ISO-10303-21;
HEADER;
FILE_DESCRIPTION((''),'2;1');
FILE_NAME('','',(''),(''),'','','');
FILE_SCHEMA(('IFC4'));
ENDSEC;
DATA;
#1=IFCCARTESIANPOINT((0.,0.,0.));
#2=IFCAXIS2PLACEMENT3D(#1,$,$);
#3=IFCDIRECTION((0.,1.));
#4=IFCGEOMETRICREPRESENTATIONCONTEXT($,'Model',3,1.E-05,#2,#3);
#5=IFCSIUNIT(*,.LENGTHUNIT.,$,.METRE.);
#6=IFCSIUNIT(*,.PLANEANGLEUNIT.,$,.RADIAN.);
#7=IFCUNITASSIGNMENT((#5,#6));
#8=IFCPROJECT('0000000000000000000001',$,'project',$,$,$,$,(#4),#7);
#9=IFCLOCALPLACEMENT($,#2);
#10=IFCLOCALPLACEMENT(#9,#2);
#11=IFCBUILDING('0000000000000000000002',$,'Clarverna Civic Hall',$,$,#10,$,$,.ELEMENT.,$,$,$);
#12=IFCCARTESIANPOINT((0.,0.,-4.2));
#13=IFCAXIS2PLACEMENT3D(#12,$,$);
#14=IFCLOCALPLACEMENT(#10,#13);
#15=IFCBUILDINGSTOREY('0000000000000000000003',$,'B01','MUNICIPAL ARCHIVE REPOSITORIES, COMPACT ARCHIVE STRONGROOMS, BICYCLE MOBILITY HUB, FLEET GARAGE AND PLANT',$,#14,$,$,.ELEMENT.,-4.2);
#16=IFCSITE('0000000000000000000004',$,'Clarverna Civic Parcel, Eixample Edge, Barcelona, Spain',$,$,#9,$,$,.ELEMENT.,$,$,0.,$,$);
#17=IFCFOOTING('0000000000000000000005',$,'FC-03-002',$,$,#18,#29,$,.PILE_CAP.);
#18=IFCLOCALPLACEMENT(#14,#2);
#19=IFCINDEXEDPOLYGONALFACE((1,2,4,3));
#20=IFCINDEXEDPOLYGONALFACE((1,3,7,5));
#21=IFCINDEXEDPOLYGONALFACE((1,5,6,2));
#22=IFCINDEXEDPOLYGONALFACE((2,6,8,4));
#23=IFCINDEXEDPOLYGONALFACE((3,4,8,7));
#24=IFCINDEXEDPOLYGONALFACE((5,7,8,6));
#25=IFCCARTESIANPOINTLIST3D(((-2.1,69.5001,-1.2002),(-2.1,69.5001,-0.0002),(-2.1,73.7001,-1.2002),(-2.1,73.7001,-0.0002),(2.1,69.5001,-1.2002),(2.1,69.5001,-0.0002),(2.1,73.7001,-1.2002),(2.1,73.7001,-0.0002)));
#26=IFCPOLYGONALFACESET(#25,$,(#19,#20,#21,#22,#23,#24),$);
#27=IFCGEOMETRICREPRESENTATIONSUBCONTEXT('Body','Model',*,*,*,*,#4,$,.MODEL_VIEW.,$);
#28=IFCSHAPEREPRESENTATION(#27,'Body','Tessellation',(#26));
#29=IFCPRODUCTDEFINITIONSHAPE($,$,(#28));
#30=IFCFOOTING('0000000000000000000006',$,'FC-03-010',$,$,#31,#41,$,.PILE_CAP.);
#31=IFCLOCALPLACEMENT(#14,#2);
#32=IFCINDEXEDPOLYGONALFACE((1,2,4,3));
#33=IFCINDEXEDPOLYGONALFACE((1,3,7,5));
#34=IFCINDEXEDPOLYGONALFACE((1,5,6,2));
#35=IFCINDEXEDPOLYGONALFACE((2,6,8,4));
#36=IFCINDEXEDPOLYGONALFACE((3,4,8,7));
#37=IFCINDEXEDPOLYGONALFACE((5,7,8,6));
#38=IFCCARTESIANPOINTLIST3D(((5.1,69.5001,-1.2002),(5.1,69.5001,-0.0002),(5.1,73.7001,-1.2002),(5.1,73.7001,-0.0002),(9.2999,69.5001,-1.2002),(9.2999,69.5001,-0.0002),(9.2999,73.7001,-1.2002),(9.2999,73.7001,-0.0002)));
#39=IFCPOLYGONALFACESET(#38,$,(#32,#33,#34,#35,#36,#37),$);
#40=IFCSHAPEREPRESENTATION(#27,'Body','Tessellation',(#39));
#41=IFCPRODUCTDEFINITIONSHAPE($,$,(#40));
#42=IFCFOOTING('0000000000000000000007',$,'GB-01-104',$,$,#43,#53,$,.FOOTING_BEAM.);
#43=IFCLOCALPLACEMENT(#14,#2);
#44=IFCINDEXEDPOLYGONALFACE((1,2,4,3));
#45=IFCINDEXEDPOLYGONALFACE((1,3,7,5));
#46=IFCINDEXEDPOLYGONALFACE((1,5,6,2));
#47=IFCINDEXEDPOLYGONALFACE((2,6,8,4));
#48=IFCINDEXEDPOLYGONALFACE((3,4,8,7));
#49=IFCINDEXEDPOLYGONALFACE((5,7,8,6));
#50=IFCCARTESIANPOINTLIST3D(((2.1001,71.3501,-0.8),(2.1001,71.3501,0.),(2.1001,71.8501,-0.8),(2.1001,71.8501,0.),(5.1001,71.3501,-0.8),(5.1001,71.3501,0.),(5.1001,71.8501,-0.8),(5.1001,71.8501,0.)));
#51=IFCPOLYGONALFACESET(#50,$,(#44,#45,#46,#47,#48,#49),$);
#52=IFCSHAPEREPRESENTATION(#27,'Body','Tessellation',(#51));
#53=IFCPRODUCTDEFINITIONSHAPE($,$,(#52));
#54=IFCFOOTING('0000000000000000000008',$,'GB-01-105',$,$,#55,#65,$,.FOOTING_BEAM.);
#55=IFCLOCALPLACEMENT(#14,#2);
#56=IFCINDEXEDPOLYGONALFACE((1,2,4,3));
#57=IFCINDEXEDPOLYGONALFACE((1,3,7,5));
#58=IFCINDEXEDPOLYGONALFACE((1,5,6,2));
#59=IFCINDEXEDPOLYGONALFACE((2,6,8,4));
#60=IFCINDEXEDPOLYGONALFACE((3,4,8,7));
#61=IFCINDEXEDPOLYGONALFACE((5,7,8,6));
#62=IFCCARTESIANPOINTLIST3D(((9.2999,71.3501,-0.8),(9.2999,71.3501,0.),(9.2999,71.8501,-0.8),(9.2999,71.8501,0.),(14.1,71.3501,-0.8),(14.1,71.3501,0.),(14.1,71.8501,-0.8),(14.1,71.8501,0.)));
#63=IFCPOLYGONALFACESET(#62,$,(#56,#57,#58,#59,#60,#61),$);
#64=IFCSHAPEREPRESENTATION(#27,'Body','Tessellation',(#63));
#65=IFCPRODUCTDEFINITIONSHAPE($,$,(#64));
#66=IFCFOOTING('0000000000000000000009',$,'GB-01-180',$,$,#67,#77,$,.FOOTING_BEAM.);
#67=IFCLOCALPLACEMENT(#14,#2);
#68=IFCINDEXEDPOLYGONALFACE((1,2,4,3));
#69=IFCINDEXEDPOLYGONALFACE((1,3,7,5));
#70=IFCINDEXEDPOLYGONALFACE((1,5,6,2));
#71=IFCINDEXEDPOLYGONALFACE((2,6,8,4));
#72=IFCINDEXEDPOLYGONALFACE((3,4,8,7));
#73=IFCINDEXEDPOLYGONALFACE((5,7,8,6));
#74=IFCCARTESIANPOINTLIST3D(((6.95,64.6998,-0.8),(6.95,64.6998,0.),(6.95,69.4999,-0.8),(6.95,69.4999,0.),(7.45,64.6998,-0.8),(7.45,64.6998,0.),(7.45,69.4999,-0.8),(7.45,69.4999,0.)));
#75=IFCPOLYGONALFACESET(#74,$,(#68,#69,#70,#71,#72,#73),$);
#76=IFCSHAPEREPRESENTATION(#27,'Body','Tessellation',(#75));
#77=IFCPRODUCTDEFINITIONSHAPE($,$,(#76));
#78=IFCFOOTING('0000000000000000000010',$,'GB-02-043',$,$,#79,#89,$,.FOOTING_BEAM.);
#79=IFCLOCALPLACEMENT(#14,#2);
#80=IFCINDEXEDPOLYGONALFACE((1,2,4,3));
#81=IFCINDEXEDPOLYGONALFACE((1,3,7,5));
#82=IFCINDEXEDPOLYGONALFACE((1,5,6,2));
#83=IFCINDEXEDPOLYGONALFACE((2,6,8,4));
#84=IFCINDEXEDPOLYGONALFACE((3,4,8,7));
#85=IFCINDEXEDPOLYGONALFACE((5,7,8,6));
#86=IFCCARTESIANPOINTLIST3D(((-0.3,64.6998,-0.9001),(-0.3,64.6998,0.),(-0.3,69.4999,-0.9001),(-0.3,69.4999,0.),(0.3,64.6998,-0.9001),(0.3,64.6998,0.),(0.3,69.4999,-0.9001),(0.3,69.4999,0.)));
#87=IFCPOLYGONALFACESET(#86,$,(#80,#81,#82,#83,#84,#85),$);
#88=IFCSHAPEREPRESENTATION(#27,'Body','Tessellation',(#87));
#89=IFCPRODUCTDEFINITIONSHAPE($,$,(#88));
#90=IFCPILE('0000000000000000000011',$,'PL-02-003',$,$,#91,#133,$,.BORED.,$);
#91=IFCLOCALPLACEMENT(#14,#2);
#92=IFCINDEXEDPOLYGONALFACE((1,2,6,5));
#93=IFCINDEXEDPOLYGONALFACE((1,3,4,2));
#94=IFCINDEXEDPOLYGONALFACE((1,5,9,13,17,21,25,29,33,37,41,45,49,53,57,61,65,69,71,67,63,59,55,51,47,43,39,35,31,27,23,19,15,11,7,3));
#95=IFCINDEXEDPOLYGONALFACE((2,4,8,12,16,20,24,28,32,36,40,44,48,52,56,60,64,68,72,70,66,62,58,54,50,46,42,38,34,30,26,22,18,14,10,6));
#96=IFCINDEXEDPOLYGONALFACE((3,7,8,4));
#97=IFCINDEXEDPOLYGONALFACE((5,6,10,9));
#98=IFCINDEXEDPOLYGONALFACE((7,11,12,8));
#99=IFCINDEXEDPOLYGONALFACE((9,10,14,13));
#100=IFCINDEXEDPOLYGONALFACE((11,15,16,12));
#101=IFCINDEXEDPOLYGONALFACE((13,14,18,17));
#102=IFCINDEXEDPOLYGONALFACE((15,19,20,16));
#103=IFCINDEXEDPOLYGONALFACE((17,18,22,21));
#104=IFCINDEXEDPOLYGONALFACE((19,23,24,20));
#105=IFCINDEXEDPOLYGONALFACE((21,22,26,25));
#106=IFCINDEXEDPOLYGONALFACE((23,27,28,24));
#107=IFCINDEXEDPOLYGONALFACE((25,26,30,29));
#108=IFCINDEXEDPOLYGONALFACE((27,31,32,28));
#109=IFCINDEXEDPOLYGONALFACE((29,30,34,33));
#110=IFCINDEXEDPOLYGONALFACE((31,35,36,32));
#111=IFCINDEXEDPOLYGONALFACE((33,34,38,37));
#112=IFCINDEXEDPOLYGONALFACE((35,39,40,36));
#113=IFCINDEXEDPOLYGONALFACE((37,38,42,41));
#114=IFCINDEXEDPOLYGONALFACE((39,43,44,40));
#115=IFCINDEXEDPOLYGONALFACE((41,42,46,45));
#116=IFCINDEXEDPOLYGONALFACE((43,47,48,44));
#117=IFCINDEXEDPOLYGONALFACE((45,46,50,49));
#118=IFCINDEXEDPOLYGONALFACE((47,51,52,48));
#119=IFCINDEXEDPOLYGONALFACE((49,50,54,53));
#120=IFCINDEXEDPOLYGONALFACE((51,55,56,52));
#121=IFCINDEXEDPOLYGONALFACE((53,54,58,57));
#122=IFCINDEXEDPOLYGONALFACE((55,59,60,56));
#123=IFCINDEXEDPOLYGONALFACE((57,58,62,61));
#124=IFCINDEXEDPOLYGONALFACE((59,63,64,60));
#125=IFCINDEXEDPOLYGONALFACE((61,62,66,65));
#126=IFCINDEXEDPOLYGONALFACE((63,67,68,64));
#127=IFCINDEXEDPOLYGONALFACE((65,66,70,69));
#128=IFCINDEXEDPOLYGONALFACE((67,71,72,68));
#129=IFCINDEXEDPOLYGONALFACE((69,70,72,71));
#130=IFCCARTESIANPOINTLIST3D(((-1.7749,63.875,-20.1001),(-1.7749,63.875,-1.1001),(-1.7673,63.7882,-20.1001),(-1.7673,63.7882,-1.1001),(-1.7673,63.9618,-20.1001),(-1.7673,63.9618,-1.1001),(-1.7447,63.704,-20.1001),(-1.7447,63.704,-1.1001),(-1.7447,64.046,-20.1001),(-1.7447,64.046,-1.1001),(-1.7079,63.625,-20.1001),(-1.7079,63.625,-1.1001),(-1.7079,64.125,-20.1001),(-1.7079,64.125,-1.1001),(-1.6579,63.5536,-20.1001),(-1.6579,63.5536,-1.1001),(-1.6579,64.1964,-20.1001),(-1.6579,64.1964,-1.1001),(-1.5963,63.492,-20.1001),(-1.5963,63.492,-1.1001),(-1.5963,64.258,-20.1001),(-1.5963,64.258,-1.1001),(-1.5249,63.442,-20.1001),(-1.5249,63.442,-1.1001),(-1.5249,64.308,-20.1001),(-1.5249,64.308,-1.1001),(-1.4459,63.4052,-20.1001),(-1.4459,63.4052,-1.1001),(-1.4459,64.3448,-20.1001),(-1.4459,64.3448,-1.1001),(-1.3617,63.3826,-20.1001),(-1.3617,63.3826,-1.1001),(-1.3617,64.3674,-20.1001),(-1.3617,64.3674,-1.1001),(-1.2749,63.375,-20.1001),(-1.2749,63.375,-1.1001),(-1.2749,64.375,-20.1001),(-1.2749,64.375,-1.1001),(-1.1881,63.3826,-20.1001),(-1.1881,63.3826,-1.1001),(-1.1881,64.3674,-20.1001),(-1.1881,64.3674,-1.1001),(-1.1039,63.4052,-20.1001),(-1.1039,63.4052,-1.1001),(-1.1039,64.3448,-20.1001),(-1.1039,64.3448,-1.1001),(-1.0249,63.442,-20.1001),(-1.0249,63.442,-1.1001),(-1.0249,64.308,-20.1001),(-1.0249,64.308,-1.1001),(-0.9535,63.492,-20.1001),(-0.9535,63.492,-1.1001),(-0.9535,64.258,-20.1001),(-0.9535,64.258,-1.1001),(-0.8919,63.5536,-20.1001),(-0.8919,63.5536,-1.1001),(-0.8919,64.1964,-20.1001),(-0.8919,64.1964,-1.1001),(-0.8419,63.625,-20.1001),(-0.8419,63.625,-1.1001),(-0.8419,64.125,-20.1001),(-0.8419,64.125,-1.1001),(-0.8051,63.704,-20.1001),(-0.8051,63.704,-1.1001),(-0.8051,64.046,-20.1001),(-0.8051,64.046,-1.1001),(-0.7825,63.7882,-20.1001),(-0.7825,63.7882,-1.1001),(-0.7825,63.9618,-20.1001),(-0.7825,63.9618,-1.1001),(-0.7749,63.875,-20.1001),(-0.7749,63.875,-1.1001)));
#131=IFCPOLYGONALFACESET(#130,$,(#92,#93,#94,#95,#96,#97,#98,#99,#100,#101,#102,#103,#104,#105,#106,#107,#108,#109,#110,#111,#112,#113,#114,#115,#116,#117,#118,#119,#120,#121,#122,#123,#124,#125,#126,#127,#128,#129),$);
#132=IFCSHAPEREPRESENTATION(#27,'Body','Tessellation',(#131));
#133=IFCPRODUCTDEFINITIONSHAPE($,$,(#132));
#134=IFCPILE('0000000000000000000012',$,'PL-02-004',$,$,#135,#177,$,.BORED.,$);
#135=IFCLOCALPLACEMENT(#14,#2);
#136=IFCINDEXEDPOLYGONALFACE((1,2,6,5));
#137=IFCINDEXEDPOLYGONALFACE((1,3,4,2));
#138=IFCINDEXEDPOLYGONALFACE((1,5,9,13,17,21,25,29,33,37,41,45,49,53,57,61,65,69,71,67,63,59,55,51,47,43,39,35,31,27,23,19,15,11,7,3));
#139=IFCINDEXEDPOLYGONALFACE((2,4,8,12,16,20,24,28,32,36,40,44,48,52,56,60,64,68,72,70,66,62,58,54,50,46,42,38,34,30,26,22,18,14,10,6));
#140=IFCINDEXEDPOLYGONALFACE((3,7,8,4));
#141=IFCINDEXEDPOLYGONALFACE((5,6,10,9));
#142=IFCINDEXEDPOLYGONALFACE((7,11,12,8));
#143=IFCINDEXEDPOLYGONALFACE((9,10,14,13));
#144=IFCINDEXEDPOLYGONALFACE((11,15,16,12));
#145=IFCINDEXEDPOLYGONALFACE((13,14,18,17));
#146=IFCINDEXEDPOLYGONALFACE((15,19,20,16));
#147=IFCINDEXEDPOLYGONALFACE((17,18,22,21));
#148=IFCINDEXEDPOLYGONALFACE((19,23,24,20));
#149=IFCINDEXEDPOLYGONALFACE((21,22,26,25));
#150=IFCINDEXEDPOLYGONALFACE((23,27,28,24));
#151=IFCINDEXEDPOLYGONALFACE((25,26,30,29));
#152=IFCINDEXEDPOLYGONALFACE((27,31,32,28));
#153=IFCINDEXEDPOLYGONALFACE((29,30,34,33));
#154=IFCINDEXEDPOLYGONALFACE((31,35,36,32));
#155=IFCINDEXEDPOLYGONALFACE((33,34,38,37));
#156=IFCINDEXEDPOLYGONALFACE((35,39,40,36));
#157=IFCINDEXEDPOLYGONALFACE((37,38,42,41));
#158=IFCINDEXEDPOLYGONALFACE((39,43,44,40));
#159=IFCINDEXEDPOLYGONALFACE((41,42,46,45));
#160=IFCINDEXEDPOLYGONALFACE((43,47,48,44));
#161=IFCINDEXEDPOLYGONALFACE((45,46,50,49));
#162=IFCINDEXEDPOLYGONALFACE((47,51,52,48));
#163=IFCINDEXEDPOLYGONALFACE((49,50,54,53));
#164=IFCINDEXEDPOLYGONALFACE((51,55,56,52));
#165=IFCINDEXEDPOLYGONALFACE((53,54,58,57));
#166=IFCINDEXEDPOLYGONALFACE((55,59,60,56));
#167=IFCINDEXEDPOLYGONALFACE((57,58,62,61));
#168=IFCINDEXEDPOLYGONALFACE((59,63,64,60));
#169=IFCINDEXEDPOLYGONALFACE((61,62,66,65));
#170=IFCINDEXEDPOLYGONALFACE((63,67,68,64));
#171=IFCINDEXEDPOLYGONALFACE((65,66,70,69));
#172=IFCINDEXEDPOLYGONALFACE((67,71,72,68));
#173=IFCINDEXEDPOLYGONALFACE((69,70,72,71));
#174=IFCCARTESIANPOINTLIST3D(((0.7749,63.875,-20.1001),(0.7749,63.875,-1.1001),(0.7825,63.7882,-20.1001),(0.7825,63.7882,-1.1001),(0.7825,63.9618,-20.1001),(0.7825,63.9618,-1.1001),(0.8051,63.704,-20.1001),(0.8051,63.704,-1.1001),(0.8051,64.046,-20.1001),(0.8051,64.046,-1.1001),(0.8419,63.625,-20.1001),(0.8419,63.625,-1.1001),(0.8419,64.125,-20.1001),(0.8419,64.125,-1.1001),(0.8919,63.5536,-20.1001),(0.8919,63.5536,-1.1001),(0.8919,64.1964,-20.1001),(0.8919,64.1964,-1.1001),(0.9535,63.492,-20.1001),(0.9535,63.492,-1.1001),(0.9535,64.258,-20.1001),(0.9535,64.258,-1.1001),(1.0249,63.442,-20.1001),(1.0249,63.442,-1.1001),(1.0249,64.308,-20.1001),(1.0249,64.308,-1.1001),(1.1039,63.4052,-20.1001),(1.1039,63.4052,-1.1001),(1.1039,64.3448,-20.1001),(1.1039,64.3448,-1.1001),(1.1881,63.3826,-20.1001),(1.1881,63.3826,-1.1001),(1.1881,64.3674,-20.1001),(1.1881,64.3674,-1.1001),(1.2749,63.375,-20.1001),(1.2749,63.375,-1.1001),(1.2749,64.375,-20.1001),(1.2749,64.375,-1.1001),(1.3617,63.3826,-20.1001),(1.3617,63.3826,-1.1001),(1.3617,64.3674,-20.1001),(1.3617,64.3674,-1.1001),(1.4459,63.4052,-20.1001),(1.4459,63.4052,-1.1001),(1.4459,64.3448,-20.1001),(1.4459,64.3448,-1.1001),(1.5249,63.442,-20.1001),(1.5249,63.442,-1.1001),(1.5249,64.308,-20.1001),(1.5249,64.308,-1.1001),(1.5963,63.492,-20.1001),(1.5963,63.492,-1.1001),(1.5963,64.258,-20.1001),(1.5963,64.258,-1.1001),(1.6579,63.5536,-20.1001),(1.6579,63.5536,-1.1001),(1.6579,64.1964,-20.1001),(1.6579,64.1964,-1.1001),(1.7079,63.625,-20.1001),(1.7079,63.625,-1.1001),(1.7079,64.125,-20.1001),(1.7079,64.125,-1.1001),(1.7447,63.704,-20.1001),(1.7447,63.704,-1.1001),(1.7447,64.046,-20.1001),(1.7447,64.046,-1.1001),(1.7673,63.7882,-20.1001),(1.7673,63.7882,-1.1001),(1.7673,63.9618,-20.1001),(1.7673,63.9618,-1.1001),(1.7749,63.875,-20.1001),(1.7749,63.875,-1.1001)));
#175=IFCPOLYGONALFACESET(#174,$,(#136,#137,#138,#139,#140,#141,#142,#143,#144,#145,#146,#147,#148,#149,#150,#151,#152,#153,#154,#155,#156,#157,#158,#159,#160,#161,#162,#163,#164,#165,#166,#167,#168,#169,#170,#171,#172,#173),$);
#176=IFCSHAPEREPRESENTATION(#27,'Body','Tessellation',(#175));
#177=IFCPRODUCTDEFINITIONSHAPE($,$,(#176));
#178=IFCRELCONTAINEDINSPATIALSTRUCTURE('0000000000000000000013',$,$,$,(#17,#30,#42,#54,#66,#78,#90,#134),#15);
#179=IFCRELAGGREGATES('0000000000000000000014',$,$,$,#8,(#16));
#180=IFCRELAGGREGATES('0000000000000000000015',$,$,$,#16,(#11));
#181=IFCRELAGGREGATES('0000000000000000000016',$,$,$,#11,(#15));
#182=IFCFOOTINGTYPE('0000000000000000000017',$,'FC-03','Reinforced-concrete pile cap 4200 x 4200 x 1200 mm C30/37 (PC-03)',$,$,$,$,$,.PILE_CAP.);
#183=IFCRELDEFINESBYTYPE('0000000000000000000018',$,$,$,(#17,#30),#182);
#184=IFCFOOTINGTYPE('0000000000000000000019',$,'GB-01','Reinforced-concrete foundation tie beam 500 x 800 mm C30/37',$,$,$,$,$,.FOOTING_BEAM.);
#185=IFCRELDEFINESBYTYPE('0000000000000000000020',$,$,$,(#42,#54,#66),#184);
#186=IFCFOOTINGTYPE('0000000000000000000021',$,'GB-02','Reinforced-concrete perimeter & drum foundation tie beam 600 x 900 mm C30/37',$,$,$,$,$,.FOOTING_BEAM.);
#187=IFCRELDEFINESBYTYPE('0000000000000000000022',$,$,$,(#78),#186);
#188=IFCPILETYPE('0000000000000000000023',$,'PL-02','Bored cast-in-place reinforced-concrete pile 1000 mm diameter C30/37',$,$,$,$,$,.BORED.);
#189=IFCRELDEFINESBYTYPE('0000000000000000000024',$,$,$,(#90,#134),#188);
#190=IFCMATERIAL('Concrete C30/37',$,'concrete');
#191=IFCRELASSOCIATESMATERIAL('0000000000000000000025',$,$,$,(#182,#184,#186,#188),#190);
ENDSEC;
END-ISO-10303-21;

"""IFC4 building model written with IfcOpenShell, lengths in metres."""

from ifc_helpers import new_model, si_unit, direction, frame, frame_2d, origin, origin_2d, place, context, subcontext, project, spatial, rectangle, circle, extrude, material, material_profile, profile_set, type_object, element, save


model = new_model("IFC4")

# Units and contexts
model_context = context("Model", 3, precision=1e-05, world=origin(), true_north=direction((0.0, 1.0)))
body_context = subcontext(model_context, "Body", "Model", "MODEL_VIEW")
ifc_project = project(units=[si_unit("LENGTHUNIT", "METRE"), si_unit("PLANEANGLEUNIT", "RADIAN")], contexts=[model_context])

# Site, building, storey
site_placement = place(None, origin())
site = spatial("IfcSite", under=ifc_project, at=site_placement, Name="Clarverna Civic Parcel, Eixample Edge, Barcelona, Spain", CompositionType="ELEMENT", RefElevation=0.0)
building_placement = place(site_placement, origin())
building = spatial("IfcBuilding", under=site, at=building_placement, Name="Clarverna Civic Hall", CompositionType="ELEMENT")
storey_placement = place(building_placement, frame((0.0, 0.0, -4.2)))
storey = spatial("IfcBuildingStorey", under=building, at=storey_placement, Name="B01", Description="MUNICIPAL ARCHIVE REPOSITORIES, COMPACT ARCHIVE STRONGROOMS, BICYCLE MOBILITY HUB, FLEET GARAGE AND PLANT", CompositionType="ELEMENT", Elevation=-4.2)

# Footings
ifc_material_1 = material(Name="Concrete C30/37", Category="concrete")
footing_type_1 = type_object("IfcFootingType", Name="FC-03", Description="Reinforced-concrete pile cap 4200 x 4200 x 1200 mm C30/37 (PC-03)", PredefinedType="PILE_CAP", material=ifc_material_1)
for number, where, z_axis, x_axis, name in (
    (1, (0.0, 71.6001, -1.2002), (0.0, 0.0, 1.0), (1.0, 0.0, 0.0), "FC-03-002"),
    (2, (7.2, 71.6001, -1.2002), (0.0, 0.0, 1.0), (1.0, 0.0, 0.0), "FC-03-010"),
):
    element("IfcFooting", number, at=place(storey_placement, frame(where, z_axis=z_axis, x_axis=x_axis)), inside=storey, type_object=footing_type_1, Name=name, PredefinedType="PILE_CAP", context=body_context, shape_type="SweptSolid", body=[
        extrude(rectangle(XDim=4.2, YDim=4.2, at=origin_2d()), origin(), (0.0, 0.0, 1.0), 1.2),
    ])
footing_type_2 = type_object("IfcFootingType", Name="GB-01", Description="Reinforced-concrete foundation tie beam 500 x 800 mm C30/37", PredefinedType="FOOTING_BEAM", material=ifc_material_1)
footing_1_placement = place(storey_placement, frame((2.1001, 71.6001, -0.8), z_axis=(0.0, 0.0, 1.0), x_axis=(1.0, 0.0, 0.0)))
element("IfcFooting", 3, at=footing_1_placement, inside=storey, type_object=footing_type_2, Name="GB-01-104", PredefinedType="FOOTING_BEAM", context=body_context, shape_type="SweptSolid", body=[
    extrude(rectangle(XDim=3.0, YDim=0.5, at=frame_2d((1.5, 0.0))), origin(), (0.0, 0.0, 1.0), 0.8),
])
for number, where, z_axis, x_axis, name in (
    (4, (9.3, 71.6001, -0.8), (0.0, 0.0, 1.0), (1.0, 0.0, 0.0), "GB-01-105"),
    (5, (7.2, 64.7, -0.8), (0.0, 0.0, 1.0), (0.0, 1.0, 0.0), "GB-01-180"),
):
    element("IfcFooting", number, at=place(storey_placement, frame(where, z_axis=z_axis, x_axis=x_axis)), inside=storey, type_object=footing_type_2, Name=name, PredefinedType="FOOTING_BEAM", context=body_context, shape_type="SweptSolid", body=[
        extrude(rectangle(XDim=4.8, YDim=0.5, at=frame_2d((2.3999, 0.0))), origin(), (0.0, 0.0, 1.0), 0.8),
    ])
footing_type_3 = type_object("IfcFootingType", Name="GB-02", Description="Reinforced-concrete perimeter & drum foundation tie beam 600 x 900 mm C30/37", PredefinedType="FOOTING_BEAM", material=ifc_material_1)
footing_2_placement = place(storey_placement, frame((0.0, 64.7, -0.9001), z_axis=(0.0, 0.0, 1.0), x_axis=(0.0, 1.0, 0.0)))
element("IfcFooting", 6, at=footing_2_placement, inside=storey, type_object=footing_type_3, Name="GB-02-043", PredefinedType="FOOTING_BEAM", context=body_context, shape_type="SweptSolid", body=[
    extrude(rectangle(XDim=4.8, YDim=0.6001, at=frame_2d((2.3999, 0.0))), origin(), (0.0, 0.0, 1.0), 0.9001),
])

# Piles
ifc_material_profile_1 = material_profile(ifc_material_1, circle(Radius=0.5, at=origin_2d()), Name="BORED PILE D1000")
ifc_profile_set_1 = profile_set([ifc_material_profile_1], Name="Concrete C30/37")
pile_type = type_object("IfcPileType", Name="PL-02", Description="Bored cast-in-place reinforced-concrete pile 1000 mm diameter C30/37", PredefinedType="BORED", material=ifc_profile_set_1)
for number, where, z_axis, x_axis, name in (
    (7, (-1.2749, 63.875, -1.1001), (0.0, 0.0, -1.0), (1.0, 0.0, 0.0), "PL-02-003"),
    (8, (1.2749, 63.875, -1.1001), (0.0, 0.0, -1.0), (1.0, 0.0, 0.0), "PL-02-004"),
):
    element("IfcPile", number, at=place(storey_placement, frame(where, z_axis=z_axis, x_axis=x_axis)), inside=storey, type_object=pile_type, Name=name, PredefinedType="BORED", context=body_context, shape_type="SweptSolid", body=[
        extrude(circle(Radius=0.5, at=origin_2d()), origin(), (0.0, 0.0, 1.0), 19.0),
    ])

save(model, "model.ifc")
